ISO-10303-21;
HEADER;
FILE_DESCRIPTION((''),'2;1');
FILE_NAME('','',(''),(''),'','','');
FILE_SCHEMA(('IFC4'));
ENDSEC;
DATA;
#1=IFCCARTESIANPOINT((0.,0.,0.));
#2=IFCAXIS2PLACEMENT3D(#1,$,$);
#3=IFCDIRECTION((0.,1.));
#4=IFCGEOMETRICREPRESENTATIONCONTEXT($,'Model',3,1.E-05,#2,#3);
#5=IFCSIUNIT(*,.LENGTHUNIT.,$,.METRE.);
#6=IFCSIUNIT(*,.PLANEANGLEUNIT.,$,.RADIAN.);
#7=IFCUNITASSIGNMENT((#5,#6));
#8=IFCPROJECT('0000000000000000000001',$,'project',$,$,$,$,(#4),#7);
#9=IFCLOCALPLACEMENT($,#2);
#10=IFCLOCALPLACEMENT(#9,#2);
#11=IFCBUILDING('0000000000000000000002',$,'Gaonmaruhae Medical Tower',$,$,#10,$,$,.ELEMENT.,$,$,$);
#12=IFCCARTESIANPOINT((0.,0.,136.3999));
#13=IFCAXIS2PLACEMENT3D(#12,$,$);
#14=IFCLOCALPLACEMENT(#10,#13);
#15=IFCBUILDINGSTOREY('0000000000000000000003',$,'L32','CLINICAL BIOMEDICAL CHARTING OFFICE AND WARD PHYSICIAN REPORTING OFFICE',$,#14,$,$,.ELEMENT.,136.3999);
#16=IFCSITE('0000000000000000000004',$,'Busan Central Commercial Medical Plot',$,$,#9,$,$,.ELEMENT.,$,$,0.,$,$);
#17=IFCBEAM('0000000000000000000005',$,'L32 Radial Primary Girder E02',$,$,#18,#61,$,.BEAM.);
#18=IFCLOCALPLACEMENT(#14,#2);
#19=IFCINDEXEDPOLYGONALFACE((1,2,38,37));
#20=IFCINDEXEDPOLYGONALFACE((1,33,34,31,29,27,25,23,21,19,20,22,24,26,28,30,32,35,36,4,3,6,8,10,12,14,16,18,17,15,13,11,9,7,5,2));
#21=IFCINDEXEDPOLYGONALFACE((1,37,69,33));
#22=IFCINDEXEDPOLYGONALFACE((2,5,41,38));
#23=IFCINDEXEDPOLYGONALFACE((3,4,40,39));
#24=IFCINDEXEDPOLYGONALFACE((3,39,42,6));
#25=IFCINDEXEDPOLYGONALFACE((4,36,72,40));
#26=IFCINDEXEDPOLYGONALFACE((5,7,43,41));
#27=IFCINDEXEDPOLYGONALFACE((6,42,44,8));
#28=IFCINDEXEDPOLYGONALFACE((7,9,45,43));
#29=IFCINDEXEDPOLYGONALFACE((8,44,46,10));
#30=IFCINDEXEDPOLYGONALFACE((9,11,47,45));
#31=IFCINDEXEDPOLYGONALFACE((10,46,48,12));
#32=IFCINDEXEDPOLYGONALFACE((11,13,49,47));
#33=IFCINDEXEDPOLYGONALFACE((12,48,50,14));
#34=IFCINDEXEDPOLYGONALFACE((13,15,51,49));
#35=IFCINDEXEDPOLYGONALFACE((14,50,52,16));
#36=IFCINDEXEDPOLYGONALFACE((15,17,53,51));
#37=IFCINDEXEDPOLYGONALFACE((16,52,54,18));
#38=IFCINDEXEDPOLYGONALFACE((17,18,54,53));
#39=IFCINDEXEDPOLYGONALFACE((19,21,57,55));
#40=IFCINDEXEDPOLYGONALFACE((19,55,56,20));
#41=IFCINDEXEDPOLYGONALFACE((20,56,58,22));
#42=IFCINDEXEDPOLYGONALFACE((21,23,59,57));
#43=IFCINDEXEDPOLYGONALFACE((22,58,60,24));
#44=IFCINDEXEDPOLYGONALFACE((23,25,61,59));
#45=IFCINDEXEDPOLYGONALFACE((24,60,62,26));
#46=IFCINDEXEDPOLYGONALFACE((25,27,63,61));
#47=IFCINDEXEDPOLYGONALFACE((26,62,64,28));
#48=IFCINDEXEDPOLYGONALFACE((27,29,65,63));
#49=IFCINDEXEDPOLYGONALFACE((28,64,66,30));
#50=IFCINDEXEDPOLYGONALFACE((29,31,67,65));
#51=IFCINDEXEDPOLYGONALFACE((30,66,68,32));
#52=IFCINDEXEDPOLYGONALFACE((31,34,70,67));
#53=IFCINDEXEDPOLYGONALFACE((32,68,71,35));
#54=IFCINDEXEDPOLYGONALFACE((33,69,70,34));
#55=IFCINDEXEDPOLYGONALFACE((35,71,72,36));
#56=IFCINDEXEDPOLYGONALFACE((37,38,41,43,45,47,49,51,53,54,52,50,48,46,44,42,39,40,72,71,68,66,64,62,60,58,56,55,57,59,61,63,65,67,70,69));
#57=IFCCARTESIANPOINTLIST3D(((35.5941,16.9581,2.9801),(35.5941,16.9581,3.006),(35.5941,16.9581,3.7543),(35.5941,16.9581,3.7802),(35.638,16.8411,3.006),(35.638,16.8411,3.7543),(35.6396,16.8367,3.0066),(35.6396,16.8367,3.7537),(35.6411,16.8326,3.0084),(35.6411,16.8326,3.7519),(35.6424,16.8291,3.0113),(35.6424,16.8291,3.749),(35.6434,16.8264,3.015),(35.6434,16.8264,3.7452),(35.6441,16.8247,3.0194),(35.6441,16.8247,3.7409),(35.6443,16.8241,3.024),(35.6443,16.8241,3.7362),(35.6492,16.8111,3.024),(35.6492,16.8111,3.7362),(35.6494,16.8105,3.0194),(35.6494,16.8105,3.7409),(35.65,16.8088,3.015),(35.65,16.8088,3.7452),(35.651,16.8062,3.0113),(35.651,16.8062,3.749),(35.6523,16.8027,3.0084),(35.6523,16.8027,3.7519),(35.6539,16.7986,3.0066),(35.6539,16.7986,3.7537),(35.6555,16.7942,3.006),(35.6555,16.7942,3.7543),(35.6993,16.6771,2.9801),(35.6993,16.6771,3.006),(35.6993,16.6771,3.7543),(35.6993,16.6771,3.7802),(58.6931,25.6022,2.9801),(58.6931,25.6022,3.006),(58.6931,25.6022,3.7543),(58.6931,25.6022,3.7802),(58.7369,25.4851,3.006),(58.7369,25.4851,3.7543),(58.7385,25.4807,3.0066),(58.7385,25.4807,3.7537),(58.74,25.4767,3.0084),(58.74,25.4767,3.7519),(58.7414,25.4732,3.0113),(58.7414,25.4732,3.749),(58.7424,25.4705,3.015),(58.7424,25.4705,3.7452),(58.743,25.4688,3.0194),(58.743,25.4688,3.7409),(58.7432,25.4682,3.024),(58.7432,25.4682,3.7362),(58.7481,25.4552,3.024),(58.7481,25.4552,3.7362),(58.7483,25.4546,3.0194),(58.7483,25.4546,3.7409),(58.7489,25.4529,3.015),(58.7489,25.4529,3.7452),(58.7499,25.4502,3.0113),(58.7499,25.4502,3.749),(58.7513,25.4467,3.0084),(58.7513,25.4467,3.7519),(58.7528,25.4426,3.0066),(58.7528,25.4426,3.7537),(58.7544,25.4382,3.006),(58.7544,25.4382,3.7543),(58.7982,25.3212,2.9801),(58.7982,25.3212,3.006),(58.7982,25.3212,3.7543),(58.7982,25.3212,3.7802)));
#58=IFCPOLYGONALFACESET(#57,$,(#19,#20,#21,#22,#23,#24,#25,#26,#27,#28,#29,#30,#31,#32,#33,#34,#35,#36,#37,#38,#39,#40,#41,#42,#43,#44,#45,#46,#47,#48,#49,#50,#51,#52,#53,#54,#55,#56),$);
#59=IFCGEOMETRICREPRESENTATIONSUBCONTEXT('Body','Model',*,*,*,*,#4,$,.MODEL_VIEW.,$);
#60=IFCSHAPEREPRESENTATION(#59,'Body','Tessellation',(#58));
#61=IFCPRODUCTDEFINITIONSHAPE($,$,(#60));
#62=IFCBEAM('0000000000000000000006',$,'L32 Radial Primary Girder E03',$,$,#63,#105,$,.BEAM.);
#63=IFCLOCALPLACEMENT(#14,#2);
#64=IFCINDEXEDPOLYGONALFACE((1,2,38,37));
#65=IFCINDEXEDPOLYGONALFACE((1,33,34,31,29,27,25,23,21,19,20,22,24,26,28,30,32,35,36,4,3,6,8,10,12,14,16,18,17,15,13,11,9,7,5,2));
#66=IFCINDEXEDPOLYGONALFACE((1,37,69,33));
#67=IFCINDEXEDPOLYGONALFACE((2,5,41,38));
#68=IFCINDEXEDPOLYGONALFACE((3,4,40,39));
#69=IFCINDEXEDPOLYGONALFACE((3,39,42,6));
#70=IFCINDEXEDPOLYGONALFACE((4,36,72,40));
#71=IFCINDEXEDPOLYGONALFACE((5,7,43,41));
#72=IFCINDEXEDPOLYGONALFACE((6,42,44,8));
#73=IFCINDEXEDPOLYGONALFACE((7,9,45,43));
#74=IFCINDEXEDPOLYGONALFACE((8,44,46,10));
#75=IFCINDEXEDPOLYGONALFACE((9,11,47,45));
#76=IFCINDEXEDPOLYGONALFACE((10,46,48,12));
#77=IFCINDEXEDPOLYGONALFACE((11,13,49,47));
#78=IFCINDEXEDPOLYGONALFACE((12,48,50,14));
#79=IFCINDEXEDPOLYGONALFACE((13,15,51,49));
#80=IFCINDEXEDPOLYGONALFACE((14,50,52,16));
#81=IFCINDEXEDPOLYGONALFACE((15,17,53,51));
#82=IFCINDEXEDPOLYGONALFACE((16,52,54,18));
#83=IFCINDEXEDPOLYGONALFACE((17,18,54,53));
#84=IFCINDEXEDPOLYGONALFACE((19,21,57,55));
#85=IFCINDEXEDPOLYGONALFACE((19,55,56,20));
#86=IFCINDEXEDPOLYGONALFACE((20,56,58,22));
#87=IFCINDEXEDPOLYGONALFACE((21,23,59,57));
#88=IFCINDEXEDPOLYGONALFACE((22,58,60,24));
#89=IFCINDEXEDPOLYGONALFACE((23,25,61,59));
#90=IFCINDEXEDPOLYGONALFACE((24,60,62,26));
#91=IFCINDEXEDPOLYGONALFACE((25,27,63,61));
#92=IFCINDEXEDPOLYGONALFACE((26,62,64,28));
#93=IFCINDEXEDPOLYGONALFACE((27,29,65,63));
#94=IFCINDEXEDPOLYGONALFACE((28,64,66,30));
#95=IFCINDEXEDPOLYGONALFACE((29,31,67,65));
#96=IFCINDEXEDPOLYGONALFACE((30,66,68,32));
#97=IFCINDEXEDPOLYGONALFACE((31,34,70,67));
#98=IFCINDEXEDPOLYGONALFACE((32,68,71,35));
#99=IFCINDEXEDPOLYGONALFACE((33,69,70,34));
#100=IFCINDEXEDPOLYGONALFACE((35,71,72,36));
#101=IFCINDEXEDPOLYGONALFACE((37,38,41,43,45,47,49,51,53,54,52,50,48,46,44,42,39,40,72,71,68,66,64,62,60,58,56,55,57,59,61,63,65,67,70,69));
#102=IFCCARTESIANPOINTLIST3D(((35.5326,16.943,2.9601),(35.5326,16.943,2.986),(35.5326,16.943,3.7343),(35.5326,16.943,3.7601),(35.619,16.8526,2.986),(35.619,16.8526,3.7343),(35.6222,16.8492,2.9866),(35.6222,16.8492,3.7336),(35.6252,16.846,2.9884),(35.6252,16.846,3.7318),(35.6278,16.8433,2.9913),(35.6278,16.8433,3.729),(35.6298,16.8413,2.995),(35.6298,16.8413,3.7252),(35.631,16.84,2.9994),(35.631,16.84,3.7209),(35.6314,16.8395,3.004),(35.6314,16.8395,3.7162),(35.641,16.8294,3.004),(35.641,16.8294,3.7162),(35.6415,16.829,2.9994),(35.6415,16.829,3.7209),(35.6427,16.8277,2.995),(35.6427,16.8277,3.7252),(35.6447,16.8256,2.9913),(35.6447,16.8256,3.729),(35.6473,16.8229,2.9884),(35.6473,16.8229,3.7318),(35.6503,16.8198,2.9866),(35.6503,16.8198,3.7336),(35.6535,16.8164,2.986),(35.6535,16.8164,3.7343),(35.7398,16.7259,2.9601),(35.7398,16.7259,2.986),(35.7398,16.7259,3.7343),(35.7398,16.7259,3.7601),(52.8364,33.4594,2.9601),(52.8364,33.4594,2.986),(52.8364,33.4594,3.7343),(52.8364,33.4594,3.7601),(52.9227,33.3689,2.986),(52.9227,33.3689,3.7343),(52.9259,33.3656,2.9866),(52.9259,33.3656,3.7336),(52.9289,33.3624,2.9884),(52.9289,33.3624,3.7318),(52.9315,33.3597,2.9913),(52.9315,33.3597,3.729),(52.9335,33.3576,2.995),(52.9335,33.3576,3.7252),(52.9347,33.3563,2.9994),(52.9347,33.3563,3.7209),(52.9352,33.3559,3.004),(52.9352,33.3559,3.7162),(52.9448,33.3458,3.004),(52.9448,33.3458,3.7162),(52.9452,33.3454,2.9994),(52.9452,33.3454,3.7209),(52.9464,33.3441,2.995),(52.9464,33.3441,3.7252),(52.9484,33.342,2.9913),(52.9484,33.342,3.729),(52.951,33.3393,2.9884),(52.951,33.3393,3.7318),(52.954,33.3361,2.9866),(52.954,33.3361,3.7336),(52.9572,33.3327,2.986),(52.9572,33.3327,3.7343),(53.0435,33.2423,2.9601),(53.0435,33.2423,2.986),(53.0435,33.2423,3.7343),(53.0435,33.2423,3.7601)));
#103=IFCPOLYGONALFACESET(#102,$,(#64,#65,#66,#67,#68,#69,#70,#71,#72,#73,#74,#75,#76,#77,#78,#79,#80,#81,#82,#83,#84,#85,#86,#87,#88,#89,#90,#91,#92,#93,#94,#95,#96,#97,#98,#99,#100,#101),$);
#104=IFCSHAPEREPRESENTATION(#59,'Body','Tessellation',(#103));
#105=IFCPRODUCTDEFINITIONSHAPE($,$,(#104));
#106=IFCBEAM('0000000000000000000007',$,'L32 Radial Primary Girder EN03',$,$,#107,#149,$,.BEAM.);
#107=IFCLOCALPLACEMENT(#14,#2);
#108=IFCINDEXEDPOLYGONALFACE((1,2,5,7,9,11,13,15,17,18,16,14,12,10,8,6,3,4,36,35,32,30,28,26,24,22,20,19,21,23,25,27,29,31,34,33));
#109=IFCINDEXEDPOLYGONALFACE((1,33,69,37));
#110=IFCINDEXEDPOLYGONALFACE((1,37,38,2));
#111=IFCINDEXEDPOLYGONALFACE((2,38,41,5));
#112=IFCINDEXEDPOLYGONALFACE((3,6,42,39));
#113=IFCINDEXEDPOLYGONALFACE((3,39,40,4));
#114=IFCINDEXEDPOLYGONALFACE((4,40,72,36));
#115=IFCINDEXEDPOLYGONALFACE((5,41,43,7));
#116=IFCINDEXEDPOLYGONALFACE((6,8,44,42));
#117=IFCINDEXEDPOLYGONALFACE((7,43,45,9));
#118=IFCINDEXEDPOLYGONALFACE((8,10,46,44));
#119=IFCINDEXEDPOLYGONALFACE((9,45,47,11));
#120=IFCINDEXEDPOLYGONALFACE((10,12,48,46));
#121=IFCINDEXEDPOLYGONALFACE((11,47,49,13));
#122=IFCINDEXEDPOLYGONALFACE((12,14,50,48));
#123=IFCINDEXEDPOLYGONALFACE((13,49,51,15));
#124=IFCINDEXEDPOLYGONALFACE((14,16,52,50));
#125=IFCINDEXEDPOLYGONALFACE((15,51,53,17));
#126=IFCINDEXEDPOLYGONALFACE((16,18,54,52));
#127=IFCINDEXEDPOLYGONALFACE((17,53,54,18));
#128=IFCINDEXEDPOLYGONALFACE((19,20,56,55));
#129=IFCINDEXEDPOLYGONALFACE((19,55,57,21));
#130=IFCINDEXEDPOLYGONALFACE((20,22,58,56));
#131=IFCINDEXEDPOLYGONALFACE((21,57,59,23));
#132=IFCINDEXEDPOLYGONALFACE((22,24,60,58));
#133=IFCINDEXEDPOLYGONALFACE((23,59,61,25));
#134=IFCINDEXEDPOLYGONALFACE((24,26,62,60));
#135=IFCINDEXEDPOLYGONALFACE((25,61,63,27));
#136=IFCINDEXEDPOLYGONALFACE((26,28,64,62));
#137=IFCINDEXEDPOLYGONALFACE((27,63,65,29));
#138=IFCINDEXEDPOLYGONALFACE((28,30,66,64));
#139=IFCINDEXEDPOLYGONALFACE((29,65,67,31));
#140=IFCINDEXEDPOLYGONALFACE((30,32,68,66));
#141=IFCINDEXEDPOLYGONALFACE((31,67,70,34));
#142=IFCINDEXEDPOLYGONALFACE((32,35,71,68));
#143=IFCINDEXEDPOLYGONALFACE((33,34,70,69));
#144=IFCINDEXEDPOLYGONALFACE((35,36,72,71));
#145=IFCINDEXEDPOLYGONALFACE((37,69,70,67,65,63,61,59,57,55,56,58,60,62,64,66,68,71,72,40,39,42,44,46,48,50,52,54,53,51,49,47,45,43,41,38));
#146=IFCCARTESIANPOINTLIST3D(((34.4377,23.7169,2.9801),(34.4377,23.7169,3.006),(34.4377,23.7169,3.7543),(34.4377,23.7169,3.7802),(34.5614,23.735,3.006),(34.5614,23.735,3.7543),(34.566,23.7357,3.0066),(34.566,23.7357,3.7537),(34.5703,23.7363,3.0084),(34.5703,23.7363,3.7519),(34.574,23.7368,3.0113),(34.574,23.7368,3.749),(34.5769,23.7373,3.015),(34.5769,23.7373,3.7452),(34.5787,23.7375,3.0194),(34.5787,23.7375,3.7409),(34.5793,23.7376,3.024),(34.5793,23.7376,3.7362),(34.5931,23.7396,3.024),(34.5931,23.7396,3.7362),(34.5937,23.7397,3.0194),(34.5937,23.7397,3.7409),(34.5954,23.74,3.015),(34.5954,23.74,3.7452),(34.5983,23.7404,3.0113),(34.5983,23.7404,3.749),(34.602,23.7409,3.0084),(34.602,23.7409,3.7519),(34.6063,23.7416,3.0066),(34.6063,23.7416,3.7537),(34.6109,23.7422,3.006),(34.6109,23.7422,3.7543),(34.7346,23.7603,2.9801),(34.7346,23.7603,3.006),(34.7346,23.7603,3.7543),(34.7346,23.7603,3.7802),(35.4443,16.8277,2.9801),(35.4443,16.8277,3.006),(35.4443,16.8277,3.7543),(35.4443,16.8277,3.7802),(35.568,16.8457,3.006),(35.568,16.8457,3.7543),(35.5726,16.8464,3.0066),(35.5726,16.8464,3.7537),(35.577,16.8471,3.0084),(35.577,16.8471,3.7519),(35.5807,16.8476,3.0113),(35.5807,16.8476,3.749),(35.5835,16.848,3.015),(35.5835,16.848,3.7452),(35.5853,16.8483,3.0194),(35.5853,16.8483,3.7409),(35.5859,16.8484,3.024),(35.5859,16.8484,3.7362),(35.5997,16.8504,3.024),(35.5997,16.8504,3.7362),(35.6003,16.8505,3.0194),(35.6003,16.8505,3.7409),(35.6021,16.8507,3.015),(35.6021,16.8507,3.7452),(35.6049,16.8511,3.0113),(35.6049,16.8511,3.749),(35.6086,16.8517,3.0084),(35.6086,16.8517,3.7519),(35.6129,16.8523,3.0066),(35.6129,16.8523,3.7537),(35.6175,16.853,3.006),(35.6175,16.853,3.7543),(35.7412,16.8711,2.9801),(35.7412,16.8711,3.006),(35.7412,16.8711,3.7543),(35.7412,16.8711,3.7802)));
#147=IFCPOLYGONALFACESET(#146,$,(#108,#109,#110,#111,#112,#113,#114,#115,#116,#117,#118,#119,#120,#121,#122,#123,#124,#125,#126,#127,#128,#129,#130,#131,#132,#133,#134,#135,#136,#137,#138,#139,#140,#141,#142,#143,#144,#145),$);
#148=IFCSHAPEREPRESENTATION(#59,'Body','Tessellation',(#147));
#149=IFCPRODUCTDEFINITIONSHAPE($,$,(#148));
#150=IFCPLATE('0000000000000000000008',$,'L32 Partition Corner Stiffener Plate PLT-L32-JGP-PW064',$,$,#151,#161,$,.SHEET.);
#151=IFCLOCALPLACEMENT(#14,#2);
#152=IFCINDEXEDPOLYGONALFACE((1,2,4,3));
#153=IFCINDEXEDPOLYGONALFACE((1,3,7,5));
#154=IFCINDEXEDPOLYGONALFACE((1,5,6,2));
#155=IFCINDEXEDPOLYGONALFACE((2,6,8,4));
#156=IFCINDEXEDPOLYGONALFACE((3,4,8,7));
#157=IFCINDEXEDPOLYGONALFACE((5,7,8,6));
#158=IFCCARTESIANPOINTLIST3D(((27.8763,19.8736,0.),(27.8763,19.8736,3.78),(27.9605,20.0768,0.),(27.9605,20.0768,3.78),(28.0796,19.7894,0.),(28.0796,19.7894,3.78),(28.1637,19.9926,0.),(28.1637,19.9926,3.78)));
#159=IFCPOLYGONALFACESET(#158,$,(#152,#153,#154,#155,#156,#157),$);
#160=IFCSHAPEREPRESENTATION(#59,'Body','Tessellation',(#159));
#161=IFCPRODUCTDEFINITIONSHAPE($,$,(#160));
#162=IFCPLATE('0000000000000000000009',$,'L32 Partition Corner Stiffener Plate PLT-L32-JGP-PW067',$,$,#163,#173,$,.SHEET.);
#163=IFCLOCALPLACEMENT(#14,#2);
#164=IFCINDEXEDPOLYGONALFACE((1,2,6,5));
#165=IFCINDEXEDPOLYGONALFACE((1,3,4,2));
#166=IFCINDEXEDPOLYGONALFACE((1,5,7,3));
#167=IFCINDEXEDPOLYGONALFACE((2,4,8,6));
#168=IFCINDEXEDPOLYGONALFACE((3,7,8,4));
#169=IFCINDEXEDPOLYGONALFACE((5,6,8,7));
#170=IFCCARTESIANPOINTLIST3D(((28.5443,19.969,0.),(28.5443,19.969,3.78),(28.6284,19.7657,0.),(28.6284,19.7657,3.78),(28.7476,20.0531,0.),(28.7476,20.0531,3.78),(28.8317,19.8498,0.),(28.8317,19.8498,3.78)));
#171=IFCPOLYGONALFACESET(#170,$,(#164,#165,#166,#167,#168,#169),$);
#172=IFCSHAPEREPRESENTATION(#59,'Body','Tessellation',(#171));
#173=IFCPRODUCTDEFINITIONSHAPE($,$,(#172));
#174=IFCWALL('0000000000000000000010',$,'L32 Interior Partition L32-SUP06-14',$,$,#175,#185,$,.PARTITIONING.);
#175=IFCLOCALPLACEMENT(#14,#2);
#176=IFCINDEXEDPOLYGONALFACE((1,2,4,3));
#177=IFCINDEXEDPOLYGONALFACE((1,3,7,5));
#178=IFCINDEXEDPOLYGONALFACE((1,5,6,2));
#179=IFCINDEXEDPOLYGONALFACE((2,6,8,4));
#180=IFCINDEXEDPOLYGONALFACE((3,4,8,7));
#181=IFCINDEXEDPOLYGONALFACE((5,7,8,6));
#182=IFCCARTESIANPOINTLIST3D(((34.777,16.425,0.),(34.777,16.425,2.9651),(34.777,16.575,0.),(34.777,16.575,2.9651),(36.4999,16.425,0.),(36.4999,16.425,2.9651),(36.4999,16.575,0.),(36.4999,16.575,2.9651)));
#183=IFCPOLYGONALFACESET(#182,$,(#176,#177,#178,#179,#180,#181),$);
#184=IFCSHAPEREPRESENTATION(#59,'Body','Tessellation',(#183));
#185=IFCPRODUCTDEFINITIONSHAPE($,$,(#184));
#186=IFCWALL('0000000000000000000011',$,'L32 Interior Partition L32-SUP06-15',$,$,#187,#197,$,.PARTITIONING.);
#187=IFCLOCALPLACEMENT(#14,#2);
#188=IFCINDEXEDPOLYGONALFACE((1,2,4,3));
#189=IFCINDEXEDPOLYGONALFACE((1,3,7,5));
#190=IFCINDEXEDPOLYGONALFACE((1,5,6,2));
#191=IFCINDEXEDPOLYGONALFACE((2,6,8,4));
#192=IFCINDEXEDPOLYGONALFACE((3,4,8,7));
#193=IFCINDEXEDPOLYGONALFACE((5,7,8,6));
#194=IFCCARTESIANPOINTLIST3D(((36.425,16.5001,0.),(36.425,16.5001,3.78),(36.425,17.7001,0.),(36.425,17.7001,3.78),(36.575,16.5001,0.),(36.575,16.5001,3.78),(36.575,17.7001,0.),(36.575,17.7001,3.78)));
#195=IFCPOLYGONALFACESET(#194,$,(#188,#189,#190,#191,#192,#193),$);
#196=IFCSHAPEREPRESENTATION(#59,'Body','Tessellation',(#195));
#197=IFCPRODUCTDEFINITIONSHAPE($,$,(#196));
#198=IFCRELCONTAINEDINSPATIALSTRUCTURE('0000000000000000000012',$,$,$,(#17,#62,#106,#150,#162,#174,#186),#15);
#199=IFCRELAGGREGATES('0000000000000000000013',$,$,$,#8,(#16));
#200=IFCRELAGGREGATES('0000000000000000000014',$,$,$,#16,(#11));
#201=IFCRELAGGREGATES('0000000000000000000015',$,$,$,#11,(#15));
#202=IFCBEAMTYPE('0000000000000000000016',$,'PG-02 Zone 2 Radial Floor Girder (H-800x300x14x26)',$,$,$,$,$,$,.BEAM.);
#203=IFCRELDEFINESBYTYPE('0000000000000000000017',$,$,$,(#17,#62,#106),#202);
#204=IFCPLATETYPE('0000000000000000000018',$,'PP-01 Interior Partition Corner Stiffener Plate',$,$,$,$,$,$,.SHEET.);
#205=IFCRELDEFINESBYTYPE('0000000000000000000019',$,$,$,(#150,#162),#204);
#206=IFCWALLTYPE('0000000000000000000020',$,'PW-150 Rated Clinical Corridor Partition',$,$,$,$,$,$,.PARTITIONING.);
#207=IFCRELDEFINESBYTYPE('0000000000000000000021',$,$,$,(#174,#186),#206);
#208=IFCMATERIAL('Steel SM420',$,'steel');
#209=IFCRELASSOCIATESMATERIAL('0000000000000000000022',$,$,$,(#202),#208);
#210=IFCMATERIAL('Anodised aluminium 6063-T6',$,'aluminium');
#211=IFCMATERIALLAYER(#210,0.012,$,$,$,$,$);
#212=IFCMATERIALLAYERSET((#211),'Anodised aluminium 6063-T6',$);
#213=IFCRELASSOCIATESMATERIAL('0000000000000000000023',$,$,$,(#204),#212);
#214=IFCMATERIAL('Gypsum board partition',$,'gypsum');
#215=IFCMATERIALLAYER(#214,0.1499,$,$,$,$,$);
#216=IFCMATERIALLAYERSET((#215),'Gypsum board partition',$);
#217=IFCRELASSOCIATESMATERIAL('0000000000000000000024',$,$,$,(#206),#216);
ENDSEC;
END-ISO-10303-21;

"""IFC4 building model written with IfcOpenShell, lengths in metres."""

from ifc_helpers import new_model, si_unit, direction, frame, frame_2d, origin, origin_2d, place, context, subcontext, project, spatial, rectangle, i_section, extrude, material, layer, layer_set, material_profile, profile_set, type_object, element, save


model = new_model("IFC4")

# Units and contexts
model_context = context("Model", 3, precision=1e-05, world=origin(), true_north=direction((0.0, 1.0)))
body_context = subcontext(model_context, "Body", "Model", "MODEL_VIEW")
ifc_project = project(units=[si_unit("LENGTHUNIT", "METRE"), si_unit("PLANEANGLEUNIT", "RADIAN")], contexts=[model_context])

# Site, building, storey
site_placement = place(None, origin())
site = spatial("IfcSite", under=ifc_project, at=site_placement, Name="Busan Central Commercial Medical Plot", CompositionType="ELEMENT", RefElevation=0.0)
building_placement = place(site_placement, origin())
building = spatial("IfcBuilding", under=site, at=building_placement, Name="Gaonmaruhae Medical Tower", CompositionType="ELEMENT")
storey_placement = place(building_placement, frame((0.0, 0.0, 136.3999)))
storey = spatial("IfcBuildingStorey", under=building, at=storey_placement, Name="L32", Description="CLINICAL BIOMEDICAL CHARTING OFFICE AND WARD PHYSICIAN REPORTING OFFICE", CompositionType="ELEMENT", Elevation=136.3999)

# Beams
ifc_material_1 = material(Name="Steel SM420", Category="steel")
ifc_material_profile_1 = material_profile(ifc_material_1, i_section(OverallWidth=0.3, OverallDepth=0.8, WebThickness=0.0139, FlangeThickness=0.0259, FilletRadius=0.0181, at=origin_2d()), Name="H-800x300x14x26")
ifc_profile_set_1 = profile_set([ifc_material_profile_1], Name="Steel SM420")
beam_type_1 = type_object("IfcBeamType", Name="PG-02 Zone 2 Radial Floor Girder (H-800x300x14x26)", PredefinedType="BEAM", material=ifc_profile_set_1)
beam_1_placement = place(storey_placement, frame((35.6467, 16.8176, 3.3801), z_axis=(0.936569, 0.350482, 0.0), x_axis=(-0.350482, 0.936569, 0.0)))
element("IfcBeam", 1, at=beam_1_placement, inside=storey, type_object=beam_type_1, Name="L32 Radial Primary Girder E02", PredefinedType="BEAM", context=body_context, shape_type="SweptSolid", body=[
    extrude(i_section(OverallWidth=0.3, OverallDepth=0.8, WebThickness=0.0139, FlangeThickness=0.0259, FilletRadius=0.0181, at=origin_2d()), origin(), (0.0, 0.0, 1.0), 24.6633),
])
beam_2_placement = place(storey_placement, frame((35.6362, 16.8345, 3.3601), z_axis=(0.723373, 0.690458, 0.0), x_axis=(-0.690458, 0.723373, 0.0)))
element("IfcBeam", 2, at=beam_2_placement, inside=storey, type_object=beam_type_1, Name="L32 Radial Primary Girder E03", PredefinedType="BEAM", context=body_context, shape_type="SweptSolid", body=[
    extrude(i_section(OverallWidth=0.3, OverallDepth=0.8, WebThickness=0.0139, FlangeThickness=0.0259, FilletRadius=0.0181, at=origin_2d()), origin(), (0.0, 0.0, 1.0), 23.9209),
])
beam_3_placement = place(storey_placement, frame((35.5928, 16.8494, 3.3801), z_axis=(-0.144577, 0.989494, 0.0), x_axis=(-0.989494, -0.144577, 0.0)))
element("IfcBeam", 3, at=beam_3_placement, inside=storey, type_object=beam_type_1, Name="L32 Radial Primary Girder EN03", PredefinedType="BEAM", context=body_context, shape_type="SweptSolid", body=[
    extrude(i_section(OverallWidth=0.3, OverallDepth=0.8, WebThickness=0.0139, FlangeThickness=0.0259, FilletRadius=0.0181, at=origin_2d()), origin(), (0.0, 0.0, 1.0), 6.9624),
])

# Plates
ifc_material_2 = material(Name="Anodised aluminium 6063-T6", Category="aluminium")
ifc_layer_1 = layer(ifc_material_2, 0.012)
ifc_layer_set_1 = layer_set([ifc_layer_1], Name="Anodised aluminium 6063-T6")
plate_type = type_object("IfcPlateType", Name="PP-01 Interior Partition Corner Stiffener Plate", PredefinedType="SHEET", material=ifc_layer_set_1)
for number, where, z_axis, x_axis, name in (
    (4, (28.02, 19.9331, 0.0), (0.0, 0.0, 1.0), (-0.92392, 0.382587, 0.0), "L32 Partition Corner Stiffener Plate PLT-L32-JGP-PW064"),
    (5, (28.688, 19.9094, 0.0), (0.0, 0.0, 1.0), (-0.92404, -0.382296, 0.0), "L32 Partition Corner Stiffener Plate PLT-L32-JGP-PW067"),
):
    element("IfcPlate", number, at=place(storey_placement, frame(where, z_axis=z_axis, x_axis=x_axis)), inside=storey, type_object=plate_type, Name=name, PredefinedType="SHEET", context=body_context, shape_type="SweptSolid", body=[
        extrude(rectangle(XDim=0.22, YDim=0.22, at=origin_2d()), origin(), (0.0, 0.0, 1.0), 3.78),
    ])

# Walls
ifc_material_3 = material(Name="Gypsum board partition", Category="gypsum")
ifc_layer_2 = layer(ifc_material_3, 0.1499)
ifc_layer_set_2 = layer_set([ifc_layer_2], Name="Gypsum board partition")
wall_type_1 = type_object("IfcWallType", Name="PW-150 Rated Clinical Corridor Partition", PredefinedType="PARTITIONING", material=ifc_layer_set_2)
wall_1_placement = place(storey_placement, frame((34.7771, 16.5, 0.0), z_axis=(0.0, 0.0, 1.0), x_axis=(1.0, 0.0, 0.0)))
element("IfcWall", 6, at=wall_1_placement, inside=storey, type_object=wall_type_1, Name="L32 Interior Partition L32-SUP06-14", PredefinedType="PARTITIONING", context=body_context, shape_type="SweptSolid", body=[
    extrude(rectangle(XDim=1.7229, YDim=0.1499, at=frame_2d((0.8613, 0.0))), origin(), (0.0, 0.0, 1.0), 2.9651),
])
wall_2_placement = place(storey_placement, frame((36.5, 16.5, 0.0), z_axis=(0.0, 0.0, 1.0), x_axis=(0.0, 1.0, 0.0)))
element("IfcWall", 7, at=wall_2_placement, inside=storey, type_object=wall_type_1, Name="L32 Interior Partition L32-SUP06-15", PredefinedType="PARTITIONING", context=body_context, shape_type="SweptSolid", body=[
    extrude(rectangle(XDim=1.2, YDim=0.1499, at=frame_2d((0.6001, 0.0))), origin(), (0.0, 0.0, 1.0), 3.78),
])

save(model, "model.ifc")
